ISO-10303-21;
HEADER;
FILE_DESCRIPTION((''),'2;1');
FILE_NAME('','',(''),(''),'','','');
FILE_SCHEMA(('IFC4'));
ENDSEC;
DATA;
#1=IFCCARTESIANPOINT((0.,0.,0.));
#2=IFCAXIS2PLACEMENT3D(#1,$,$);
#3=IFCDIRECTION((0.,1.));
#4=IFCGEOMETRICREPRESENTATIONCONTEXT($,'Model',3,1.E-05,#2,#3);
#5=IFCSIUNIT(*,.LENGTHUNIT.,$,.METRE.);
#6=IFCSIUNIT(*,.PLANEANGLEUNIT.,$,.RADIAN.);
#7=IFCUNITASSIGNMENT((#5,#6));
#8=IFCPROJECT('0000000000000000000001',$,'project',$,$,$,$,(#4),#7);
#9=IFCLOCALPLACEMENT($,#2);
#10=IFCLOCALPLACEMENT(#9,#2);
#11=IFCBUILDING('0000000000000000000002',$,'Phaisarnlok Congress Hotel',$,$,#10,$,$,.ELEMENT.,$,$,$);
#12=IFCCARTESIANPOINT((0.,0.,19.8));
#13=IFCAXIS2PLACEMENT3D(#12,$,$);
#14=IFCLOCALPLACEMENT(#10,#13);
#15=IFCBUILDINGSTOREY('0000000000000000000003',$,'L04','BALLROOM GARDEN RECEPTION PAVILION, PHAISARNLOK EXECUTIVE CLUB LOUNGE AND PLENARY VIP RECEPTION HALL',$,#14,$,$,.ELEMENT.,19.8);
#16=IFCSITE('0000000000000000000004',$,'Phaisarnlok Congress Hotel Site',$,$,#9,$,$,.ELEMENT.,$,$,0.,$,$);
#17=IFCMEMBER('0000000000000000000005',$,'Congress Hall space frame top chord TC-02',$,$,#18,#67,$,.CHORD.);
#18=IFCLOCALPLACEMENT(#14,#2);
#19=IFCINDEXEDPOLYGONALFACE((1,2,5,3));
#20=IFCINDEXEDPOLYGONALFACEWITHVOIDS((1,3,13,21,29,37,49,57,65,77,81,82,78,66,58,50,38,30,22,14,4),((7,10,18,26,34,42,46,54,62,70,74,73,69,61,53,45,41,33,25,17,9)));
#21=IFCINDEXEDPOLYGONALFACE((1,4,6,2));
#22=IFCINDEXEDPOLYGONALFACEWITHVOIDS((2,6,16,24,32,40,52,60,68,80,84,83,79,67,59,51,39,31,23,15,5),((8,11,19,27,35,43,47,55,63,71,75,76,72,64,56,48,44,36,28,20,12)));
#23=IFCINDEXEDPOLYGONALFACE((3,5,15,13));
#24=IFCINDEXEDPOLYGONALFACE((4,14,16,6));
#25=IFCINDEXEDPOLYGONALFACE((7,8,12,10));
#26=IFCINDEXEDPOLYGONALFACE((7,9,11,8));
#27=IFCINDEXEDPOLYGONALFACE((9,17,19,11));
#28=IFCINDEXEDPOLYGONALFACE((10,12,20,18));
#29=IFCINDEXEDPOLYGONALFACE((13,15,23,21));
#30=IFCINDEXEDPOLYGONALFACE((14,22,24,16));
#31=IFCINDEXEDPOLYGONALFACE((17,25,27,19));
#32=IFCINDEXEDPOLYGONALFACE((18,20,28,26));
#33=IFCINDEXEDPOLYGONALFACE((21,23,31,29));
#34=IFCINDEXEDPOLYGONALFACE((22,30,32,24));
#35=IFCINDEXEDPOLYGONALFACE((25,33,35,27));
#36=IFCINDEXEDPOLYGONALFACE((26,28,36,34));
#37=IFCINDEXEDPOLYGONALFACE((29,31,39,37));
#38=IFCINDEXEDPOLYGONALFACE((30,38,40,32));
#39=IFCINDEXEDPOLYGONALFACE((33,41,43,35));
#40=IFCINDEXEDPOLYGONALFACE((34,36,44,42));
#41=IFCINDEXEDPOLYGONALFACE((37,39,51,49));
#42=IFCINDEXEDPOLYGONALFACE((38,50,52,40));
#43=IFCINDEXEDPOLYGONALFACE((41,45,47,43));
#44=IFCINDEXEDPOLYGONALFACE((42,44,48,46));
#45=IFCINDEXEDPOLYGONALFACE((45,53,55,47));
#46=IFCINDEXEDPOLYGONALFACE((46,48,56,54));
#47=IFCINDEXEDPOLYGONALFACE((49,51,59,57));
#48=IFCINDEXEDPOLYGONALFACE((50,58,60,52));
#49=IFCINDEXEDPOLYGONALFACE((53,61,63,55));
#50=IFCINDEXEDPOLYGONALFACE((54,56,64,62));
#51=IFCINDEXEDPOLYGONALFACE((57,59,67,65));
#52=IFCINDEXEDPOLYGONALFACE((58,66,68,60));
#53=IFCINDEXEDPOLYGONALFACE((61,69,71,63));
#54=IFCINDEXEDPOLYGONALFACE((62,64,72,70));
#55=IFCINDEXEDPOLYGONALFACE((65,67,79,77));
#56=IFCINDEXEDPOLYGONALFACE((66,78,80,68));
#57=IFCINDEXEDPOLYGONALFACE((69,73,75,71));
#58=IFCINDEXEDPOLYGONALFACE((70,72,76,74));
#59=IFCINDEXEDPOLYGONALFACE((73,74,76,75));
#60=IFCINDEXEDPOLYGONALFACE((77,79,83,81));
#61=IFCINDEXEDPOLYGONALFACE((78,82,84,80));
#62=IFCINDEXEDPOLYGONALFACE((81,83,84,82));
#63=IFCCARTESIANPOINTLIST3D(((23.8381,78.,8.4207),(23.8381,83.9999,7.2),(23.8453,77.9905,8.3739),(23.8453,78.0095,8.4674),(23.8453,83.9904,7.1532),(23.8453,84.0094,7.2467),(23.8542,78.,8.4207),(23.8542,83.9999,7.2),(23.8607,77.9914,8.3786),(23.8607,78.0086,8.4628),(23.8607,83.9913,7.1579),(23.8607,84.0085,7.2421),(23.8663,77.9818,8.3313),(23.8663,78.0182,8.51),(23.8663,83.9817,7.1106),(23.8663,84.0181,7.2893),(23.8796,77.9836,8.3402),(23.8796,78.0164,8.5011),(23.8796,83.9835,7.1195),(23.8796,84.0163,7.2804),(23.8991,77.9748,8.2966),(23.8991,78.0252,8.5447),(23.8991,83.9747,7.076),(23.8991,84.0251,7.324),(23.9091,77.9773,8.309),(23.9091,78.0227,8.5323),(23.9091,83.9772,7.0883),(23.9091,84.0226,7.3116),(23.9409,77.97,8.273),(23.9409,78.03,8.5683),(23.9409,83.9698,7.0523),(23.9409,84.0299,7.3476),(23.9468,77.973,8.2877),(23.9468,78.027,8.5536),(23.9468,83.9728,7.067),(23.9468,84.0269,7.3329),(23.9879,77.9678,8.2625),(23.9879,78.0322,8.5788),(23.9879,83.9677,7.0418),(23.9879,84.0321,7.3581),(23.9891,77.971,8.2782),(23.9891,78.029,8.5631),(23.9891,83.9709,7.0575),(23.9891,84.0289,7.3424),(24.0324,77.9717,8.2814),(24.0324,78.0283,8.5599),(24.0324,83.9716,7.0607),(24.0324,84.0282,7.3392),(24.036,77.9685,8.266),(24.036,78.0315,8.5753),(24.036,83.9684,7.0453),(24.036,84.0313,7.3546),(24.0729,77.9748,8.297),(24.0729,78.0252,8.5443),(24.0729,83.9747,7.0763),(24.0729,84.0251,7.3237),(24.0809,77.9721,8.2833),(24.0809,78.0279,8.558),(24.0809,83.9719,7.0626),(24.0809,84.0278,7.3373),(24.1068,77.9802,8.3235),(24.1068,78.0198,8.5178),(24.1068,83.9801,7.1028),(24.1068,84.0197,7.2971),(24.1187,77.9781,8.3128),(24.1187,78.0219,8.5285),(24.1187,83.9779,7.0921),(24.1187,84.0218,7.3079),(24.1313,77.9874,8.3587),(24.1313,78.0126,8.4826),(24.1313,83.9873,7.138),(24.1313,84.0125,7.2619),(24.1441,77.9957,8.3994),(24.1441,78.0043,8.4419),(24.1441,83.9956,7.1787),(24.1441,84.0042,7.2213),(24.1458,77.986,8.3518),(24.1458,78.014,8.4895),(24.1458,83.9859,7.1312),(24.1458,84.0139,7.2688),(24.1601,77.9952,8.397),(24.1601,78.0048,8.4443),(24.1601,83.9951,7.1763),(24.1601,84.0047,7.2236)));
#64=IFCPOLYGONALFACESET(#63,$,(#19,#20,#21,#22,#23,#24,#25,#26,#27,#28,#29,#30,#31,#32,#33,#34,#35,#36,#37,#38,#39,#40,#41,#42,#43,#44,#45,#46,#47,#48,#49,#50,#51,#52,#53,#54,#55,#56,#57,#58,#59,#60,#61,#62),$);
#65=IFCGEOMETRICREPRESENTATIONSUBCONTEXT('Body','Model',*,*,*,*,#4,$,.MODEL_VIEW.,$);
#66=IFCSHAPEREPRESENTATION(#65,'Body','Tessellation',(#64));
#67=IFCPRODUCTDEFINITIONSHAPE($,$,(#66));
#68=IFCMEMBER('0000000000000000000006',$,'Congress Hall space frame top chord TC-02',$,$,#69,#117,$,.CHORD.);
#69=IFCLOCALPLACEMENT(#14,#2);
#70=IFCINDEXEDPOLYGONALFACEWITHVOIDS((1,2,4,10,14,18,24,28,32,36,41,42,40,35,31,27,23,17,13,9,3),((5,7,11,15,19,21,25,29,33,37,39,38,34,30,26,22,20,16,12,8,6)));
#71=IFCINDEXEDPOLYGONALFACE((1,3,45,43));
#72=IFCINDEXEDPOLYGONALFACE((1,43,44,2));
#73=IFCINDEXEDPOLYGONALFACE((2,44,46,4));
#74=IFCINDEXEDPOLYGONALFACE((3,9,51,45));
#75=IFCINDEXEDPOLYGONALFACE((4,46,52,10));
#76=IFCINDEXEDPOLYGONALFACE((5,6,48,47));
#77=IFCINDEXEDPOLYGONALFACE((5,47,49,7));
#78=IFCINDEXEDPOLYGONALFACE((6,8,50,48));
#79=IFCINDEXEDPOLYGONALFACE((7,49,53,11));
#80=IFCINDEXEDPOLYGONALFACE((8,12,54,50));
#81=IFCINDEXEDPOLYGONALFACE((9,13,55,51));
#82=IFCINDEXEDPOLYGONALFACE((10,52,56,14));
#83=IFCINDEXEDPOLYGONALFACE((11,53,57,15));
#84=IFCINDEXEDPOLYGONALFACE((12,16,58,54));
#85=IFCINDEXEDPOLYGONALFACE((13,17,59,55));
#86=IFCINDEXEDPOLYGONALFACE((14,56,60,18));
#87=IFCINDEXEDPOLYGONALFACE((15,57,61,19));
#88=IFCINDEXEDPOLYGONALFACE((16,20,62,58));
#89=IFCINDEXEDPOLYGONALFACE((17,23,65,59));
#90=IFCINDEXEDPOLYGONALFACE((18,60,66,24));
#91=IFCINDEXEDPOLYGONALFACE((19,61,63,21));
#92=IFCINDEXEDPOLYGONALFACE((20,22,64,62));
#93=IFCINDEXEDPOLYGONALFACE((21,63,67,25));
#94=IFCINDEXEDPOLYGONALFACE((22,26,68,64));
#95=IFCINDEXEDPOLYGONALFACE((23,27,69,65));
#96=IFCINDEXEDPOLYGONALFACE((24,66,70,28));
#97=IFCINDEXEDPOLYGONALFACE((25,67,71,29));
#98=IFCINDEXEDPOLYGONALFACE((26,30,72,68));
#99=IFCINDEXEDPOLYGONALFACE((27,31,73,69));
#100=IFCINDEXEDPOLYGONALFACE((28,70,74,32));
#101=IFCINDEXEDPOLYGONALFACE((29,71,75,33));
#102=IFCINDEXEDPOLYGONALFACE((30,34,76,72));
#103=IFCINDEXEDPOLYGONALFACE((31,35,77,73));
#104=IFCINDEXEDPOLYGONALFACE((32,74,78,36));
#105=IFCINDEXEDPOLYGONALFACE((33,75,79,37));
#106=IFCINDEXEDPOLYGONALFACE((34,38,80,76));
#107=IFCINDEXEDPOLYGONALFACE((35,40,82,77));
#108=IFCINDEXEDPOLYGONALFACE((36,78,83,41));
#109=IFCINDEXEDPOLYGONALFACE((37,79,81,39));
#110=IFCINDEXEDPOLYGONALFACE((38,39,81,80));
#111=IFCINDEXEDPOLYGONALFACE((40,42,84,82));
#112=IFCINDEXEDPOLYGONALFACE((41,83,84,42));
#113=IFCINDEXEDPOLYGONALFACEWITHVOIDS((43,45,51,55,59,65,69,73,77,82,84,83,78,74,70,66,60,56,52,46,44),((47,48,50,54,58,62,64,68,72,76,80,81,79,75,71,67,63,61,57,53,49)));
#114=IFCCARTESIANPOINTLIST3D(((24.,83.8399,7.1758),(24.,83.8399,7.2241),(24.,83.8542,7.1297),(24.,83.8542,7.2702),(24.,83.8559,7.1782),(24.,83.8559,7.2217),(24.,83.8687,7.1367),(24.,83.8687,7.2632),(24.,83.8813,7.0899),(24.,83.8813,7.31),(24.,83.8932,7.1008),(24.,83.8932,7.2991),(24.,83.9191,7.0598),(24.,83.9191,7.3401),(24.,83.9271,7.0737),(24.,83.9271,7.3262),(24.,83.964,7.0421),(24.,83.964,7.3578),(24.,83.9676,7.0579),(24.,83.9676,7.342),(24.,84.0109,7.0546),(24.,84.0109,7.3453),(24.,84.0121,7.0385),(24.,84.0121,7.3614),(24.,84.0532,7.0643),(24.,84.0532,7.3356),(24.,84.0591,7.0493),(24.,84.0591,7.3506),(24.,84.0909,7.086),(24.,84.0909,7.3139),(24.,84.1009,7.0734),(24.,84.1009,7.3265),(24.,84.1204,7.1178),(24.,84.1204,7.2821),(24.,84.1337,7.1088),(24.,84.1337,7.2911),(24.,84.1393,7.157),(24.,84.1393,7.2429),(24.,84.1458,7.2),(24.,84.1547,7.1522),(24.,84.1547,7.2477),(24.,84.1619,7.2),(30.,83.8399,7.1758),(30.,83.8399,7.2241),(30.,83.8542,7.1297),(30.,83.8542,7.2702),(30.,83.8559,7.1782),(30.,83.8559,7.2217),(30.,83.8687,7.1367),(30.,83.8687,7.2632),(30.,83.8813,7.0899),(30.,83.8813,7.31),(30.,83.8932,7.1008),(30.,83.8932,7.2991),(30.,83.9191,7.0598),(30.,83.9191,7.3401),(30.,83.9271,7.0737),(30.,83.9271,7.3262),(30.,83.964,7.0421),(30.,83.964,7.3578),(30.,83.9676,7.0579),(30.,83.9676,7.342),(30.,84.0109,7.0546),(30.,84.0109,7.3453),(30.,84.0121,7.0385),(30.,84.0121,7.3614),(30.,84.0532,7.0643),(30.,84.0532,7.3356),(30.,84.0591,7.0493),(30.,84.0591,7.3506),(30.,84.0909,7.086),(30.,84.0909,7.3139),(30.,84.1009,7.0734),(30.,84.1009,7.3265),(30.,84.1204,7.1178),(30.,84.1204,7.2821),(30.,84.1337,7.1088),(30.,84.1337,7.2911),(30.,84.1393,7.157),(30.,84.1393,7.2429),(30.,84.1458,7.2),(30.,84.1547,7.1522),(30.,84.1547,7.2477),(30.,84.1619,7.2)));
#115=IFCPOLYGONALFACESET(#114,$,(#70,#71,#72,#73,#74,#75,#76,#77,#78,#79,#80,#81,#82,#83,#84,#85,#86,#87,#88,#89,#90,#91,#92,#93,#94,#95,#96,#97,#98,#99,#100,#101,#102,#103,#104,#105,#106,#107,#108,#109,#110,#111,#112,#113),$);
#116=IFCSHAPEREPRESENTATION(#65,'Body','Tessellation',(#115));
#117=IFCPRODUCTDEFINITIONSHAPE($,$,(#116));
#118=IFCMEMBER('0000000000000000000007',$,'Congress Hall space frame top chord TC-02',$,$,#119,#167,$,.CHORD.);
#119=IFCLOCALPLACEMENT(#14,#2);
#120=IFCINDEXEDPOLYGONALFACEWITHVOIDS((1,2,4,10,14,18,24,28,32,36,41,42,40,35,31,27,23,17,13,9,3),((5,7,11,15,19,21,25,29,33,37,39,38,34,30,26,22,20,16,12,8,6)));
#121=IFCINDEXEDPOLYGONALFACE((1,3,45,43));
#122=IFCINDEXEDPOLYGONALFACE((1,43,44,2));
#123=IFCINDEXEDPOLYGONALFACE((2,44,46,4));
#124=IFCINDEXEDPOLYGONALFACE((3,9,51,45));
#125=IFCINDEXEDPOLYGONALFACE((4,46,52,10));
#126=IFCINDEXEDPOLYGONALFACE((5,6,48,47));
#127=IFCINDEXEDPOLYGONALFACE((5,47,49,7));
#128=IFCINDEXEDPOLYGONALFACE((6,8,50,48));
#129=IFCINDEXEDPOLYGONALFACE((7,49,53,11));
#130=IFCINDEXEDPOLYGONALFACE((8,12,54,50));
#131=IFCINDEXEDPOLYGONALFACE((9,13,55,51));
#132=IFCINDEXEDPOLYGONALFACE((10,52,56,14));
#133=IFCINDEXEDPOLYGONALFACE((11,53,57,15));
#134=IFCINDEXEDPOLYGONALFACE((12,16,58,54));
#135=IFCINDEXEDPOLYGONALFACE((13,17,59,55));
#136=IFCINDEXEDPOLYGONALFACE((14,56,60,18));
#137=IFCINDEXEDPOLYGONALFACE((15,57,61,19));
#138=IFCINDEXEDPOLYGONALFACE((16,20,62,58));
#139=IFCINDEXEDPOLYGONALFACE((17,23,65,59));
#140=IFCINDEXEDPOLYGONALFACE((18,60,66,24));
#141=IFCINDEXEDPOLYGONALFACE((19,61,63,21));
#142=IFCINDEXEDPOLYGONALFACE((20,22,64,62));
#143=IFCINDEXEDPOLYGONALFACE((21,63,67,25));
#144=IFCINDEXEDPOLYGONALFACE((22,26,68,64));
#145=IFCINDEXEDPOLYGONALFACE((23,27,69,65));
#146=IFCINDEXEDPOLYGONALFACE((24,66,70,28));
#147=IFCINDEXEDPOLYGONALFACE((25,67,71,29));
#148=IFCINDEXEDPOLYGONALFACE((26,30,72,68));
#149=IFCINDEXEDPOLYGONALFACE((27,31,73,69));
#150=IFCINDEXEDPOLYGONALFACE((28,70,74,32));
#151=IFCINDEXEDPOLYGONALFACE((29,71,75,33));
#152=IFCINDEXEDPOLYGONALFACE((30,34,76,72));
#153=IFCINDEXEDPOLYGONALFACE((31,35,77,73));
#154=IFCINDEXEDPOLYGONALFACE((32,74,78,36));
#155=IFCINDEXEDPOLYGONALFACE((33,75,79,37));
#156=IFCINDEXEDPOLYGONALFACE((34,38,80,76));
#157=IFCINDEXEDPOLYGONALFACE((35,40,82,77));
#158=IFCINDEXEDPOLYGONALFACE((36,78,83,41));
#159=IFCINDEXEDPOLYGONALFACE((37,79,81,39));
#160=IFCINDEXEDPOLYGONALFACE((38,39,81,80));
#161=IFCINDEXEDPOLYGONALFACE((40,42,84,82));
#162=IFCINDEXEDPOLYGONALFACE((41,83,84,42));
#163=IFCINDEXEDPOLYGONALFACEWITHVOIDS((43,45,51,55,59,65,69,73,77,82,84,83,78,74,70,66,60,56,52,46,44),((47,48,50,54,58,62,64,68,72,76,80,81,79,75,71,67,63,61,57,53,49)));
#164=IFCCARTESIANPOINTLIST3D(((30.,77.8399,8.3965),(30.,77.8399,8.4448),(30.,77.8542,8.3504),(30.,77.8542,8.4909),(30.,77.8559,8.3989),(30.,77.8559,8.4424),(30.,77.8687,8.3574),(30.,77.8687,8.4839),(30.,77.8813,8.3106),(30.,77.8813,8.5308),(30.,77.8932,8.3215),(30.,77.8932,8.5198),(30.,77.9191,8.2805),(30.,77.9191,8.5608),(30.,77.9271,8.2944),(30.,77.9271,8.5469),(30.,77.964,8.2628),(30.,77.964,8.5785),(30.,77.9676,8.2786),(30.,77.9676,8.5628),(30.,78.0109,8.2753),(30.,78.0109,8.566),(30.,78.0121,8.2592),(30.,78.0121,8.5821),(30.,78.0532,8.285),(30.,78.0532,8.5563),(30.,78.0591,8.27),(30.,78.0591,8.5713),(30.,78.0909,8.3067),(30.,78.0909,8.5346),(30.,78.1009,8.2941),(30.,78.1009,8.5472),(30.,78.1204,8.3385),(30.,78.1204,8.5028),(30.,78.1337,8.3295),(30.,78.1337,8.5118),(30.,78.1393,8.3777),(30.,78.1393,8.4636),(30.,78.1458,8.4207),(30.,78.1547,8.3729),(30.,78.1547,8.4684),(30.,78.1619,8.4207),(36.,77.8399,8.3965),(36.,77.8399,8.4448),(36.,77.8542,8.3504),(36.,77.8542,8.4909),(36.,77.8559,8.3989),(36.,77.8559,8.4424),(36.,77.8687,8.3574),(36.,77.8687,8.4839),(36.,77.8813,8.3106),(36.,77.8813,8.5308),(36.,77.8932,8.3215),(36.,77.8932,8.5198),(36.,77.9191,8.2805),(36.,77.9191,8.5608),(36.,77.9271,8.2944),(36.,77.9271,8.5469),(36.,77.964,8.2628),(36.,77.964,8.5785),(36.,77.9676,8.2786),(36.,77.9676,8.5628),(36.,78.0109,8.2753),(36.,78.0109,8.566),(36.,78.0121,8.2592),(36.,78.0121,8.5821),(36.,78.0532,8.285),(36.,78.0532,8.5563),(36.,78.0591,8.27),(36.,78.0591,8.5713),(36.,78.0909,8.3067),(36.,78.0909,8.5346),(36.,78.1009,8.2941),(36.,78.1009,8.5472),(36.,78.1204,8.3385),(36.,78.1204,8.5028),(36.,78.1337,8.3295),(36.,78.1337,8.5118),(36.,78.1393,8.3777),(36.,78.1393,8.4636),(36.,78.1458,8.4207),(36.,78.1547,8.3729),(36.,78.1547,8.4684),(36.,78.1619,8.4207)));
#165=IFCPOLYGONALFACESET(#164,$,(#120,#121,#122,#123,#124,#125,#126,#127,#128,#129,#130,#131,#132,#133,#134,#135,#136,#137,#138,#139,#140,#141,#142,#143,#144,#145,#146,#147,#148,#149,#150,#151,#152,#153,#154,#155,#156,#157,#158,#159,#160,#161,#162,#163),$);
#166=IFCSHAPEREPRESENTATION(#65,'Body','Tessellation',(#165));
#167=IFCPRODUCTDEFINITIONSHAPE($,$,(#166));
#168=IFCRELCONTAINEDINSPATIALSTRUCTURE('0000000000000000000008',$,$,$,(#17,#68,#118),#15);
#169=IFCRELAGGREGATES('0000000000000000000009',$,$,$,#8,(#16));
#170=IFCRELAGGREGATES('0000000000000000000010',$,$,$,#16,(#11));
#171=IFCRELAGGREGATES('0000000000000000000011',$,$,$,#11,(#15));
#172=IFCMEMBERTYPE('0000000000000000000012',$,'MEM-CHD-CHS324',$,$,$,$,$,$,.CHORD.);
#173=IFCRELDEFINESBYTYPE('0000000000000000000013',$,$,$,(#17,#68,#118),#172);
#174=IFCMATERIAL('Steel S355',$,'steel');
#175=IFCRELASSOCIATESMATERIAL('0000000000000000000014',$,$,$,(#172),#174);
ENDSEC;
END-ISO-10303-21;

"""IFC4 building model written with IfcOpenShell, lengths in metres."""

from ifc_helpers import new_model, si_unit, direction, frame, origin, origin_2d, place, context, subcontext, project, spatial, hollow_circle, extrude, material, material_profile, profile_set, type_object, element, save


model = new_model("IFC4")

# Units and contexts
model_context = context("Model", 3, precision=1e-05, world=origin(), true_north=direction((0.0, 1.0)))
body_context = subcontext(model_context, "Body", "Model", "MODEL_VIEW")
ifc_project = project(units=[si_unit("LENGTHUNIT", "METRE"), si_unit("PLANEANGLEUNIT", "RADIAN")], contexts=[model_context])

# Site, building, storey
site_placement = place(None, origin())
site = spatial("IfcSite", under=ifc_project, at=site_placement, Name="Phaisarnlok Congress Hotel Site", CompositionType="ELEMENT", RefElevation=0.0)
building_placement = place(site_placement, origin())
building = spatial("IfcBuilding", under=site, at=building_placement, Name="Phaisarnlok Congress Hotel", CompositionType="ELEMENT")
storey_placement = place(building_placement, frame((0.0, 0.0, 19.8)))
storey = spatial("IfcBuildingStorey", under=building, at=storey_placement, Name="L04", Description="BALLROOM GARDEN RECEPTION PAVILION, PHAISARNLOK EXECUTIVE CLUB LOUNGE AND PLENARY VIP RECEPTION HALL", CompositionType="ELEMENT", Elevation=19.8)

# Members
ifc_material_1 = material(Name="Steel S355", Category="steel")
ifc_material_profile_1 = material_profile(ifc_material_1, hollow_circle(Radius=0.1619, WallThickness=0.0161, at=origin_2d()), Name="CHS 323.9x16")
ifc_profile_set_1 = profile_set([ifc_material_profile_1], Name="Steel S355")
member_type_1 = type_object("IfcMemberType", Name="MEM-CHD-CHS324", PredefinedType="CHORD", material=ifc_profile_set_1)
member_1_placement = place(storey_placement, frame((24.0, 78.0, 8.4207), z_axis=(0.0, 0.979925, -0.199366), x_axis=(-1.0, 0.0, 0.0)))
element("IfcMember", 1, at=member_1_placement, inside=storey, type_object=member_type_1, Name="Congress Hall space frame top chord TC-02", PredefinedType="CHORD", context=body_context, shape_type="SweptSolid", body=[
    extrude(hollow_circle(Radius=0.1619, WallThickness=0.0161, at=origin_2d()), origin(), (0.0, 0.0, 1.0), 6.1228),
])
for number, where, z_axis, x_axis, name in (
    (2, (24.0, 84.0, 7.2), (1.0, 0.0, 0.0), (0.0, 1.0, 0.0), "Congress Hall space frame top chord TC-02"),
    (3, (30.0, 78.0, 8.4207), (1.0, 0.0, 0.0), (0.0, 1.0, 0.0), "Congress Hall space frame top chord TC-02"),
):
    element("IfcMember", number, at=place(storey_placement, frame(where, z_axis=z_axis, x_axis=x_axis)), inside=storey, type_object=member_type_1, Name=name, PredefinedType="CHORD", context=body_context, shape_type="SweptSolid", body=[
        extrude(hollow_circle(Radius=0.1619, WallThickness=0.0161, at=origin_2d()), origin(), (0.0, 0.0, 1.0), 6.0),
    ])

save(model, "model.ifc")
